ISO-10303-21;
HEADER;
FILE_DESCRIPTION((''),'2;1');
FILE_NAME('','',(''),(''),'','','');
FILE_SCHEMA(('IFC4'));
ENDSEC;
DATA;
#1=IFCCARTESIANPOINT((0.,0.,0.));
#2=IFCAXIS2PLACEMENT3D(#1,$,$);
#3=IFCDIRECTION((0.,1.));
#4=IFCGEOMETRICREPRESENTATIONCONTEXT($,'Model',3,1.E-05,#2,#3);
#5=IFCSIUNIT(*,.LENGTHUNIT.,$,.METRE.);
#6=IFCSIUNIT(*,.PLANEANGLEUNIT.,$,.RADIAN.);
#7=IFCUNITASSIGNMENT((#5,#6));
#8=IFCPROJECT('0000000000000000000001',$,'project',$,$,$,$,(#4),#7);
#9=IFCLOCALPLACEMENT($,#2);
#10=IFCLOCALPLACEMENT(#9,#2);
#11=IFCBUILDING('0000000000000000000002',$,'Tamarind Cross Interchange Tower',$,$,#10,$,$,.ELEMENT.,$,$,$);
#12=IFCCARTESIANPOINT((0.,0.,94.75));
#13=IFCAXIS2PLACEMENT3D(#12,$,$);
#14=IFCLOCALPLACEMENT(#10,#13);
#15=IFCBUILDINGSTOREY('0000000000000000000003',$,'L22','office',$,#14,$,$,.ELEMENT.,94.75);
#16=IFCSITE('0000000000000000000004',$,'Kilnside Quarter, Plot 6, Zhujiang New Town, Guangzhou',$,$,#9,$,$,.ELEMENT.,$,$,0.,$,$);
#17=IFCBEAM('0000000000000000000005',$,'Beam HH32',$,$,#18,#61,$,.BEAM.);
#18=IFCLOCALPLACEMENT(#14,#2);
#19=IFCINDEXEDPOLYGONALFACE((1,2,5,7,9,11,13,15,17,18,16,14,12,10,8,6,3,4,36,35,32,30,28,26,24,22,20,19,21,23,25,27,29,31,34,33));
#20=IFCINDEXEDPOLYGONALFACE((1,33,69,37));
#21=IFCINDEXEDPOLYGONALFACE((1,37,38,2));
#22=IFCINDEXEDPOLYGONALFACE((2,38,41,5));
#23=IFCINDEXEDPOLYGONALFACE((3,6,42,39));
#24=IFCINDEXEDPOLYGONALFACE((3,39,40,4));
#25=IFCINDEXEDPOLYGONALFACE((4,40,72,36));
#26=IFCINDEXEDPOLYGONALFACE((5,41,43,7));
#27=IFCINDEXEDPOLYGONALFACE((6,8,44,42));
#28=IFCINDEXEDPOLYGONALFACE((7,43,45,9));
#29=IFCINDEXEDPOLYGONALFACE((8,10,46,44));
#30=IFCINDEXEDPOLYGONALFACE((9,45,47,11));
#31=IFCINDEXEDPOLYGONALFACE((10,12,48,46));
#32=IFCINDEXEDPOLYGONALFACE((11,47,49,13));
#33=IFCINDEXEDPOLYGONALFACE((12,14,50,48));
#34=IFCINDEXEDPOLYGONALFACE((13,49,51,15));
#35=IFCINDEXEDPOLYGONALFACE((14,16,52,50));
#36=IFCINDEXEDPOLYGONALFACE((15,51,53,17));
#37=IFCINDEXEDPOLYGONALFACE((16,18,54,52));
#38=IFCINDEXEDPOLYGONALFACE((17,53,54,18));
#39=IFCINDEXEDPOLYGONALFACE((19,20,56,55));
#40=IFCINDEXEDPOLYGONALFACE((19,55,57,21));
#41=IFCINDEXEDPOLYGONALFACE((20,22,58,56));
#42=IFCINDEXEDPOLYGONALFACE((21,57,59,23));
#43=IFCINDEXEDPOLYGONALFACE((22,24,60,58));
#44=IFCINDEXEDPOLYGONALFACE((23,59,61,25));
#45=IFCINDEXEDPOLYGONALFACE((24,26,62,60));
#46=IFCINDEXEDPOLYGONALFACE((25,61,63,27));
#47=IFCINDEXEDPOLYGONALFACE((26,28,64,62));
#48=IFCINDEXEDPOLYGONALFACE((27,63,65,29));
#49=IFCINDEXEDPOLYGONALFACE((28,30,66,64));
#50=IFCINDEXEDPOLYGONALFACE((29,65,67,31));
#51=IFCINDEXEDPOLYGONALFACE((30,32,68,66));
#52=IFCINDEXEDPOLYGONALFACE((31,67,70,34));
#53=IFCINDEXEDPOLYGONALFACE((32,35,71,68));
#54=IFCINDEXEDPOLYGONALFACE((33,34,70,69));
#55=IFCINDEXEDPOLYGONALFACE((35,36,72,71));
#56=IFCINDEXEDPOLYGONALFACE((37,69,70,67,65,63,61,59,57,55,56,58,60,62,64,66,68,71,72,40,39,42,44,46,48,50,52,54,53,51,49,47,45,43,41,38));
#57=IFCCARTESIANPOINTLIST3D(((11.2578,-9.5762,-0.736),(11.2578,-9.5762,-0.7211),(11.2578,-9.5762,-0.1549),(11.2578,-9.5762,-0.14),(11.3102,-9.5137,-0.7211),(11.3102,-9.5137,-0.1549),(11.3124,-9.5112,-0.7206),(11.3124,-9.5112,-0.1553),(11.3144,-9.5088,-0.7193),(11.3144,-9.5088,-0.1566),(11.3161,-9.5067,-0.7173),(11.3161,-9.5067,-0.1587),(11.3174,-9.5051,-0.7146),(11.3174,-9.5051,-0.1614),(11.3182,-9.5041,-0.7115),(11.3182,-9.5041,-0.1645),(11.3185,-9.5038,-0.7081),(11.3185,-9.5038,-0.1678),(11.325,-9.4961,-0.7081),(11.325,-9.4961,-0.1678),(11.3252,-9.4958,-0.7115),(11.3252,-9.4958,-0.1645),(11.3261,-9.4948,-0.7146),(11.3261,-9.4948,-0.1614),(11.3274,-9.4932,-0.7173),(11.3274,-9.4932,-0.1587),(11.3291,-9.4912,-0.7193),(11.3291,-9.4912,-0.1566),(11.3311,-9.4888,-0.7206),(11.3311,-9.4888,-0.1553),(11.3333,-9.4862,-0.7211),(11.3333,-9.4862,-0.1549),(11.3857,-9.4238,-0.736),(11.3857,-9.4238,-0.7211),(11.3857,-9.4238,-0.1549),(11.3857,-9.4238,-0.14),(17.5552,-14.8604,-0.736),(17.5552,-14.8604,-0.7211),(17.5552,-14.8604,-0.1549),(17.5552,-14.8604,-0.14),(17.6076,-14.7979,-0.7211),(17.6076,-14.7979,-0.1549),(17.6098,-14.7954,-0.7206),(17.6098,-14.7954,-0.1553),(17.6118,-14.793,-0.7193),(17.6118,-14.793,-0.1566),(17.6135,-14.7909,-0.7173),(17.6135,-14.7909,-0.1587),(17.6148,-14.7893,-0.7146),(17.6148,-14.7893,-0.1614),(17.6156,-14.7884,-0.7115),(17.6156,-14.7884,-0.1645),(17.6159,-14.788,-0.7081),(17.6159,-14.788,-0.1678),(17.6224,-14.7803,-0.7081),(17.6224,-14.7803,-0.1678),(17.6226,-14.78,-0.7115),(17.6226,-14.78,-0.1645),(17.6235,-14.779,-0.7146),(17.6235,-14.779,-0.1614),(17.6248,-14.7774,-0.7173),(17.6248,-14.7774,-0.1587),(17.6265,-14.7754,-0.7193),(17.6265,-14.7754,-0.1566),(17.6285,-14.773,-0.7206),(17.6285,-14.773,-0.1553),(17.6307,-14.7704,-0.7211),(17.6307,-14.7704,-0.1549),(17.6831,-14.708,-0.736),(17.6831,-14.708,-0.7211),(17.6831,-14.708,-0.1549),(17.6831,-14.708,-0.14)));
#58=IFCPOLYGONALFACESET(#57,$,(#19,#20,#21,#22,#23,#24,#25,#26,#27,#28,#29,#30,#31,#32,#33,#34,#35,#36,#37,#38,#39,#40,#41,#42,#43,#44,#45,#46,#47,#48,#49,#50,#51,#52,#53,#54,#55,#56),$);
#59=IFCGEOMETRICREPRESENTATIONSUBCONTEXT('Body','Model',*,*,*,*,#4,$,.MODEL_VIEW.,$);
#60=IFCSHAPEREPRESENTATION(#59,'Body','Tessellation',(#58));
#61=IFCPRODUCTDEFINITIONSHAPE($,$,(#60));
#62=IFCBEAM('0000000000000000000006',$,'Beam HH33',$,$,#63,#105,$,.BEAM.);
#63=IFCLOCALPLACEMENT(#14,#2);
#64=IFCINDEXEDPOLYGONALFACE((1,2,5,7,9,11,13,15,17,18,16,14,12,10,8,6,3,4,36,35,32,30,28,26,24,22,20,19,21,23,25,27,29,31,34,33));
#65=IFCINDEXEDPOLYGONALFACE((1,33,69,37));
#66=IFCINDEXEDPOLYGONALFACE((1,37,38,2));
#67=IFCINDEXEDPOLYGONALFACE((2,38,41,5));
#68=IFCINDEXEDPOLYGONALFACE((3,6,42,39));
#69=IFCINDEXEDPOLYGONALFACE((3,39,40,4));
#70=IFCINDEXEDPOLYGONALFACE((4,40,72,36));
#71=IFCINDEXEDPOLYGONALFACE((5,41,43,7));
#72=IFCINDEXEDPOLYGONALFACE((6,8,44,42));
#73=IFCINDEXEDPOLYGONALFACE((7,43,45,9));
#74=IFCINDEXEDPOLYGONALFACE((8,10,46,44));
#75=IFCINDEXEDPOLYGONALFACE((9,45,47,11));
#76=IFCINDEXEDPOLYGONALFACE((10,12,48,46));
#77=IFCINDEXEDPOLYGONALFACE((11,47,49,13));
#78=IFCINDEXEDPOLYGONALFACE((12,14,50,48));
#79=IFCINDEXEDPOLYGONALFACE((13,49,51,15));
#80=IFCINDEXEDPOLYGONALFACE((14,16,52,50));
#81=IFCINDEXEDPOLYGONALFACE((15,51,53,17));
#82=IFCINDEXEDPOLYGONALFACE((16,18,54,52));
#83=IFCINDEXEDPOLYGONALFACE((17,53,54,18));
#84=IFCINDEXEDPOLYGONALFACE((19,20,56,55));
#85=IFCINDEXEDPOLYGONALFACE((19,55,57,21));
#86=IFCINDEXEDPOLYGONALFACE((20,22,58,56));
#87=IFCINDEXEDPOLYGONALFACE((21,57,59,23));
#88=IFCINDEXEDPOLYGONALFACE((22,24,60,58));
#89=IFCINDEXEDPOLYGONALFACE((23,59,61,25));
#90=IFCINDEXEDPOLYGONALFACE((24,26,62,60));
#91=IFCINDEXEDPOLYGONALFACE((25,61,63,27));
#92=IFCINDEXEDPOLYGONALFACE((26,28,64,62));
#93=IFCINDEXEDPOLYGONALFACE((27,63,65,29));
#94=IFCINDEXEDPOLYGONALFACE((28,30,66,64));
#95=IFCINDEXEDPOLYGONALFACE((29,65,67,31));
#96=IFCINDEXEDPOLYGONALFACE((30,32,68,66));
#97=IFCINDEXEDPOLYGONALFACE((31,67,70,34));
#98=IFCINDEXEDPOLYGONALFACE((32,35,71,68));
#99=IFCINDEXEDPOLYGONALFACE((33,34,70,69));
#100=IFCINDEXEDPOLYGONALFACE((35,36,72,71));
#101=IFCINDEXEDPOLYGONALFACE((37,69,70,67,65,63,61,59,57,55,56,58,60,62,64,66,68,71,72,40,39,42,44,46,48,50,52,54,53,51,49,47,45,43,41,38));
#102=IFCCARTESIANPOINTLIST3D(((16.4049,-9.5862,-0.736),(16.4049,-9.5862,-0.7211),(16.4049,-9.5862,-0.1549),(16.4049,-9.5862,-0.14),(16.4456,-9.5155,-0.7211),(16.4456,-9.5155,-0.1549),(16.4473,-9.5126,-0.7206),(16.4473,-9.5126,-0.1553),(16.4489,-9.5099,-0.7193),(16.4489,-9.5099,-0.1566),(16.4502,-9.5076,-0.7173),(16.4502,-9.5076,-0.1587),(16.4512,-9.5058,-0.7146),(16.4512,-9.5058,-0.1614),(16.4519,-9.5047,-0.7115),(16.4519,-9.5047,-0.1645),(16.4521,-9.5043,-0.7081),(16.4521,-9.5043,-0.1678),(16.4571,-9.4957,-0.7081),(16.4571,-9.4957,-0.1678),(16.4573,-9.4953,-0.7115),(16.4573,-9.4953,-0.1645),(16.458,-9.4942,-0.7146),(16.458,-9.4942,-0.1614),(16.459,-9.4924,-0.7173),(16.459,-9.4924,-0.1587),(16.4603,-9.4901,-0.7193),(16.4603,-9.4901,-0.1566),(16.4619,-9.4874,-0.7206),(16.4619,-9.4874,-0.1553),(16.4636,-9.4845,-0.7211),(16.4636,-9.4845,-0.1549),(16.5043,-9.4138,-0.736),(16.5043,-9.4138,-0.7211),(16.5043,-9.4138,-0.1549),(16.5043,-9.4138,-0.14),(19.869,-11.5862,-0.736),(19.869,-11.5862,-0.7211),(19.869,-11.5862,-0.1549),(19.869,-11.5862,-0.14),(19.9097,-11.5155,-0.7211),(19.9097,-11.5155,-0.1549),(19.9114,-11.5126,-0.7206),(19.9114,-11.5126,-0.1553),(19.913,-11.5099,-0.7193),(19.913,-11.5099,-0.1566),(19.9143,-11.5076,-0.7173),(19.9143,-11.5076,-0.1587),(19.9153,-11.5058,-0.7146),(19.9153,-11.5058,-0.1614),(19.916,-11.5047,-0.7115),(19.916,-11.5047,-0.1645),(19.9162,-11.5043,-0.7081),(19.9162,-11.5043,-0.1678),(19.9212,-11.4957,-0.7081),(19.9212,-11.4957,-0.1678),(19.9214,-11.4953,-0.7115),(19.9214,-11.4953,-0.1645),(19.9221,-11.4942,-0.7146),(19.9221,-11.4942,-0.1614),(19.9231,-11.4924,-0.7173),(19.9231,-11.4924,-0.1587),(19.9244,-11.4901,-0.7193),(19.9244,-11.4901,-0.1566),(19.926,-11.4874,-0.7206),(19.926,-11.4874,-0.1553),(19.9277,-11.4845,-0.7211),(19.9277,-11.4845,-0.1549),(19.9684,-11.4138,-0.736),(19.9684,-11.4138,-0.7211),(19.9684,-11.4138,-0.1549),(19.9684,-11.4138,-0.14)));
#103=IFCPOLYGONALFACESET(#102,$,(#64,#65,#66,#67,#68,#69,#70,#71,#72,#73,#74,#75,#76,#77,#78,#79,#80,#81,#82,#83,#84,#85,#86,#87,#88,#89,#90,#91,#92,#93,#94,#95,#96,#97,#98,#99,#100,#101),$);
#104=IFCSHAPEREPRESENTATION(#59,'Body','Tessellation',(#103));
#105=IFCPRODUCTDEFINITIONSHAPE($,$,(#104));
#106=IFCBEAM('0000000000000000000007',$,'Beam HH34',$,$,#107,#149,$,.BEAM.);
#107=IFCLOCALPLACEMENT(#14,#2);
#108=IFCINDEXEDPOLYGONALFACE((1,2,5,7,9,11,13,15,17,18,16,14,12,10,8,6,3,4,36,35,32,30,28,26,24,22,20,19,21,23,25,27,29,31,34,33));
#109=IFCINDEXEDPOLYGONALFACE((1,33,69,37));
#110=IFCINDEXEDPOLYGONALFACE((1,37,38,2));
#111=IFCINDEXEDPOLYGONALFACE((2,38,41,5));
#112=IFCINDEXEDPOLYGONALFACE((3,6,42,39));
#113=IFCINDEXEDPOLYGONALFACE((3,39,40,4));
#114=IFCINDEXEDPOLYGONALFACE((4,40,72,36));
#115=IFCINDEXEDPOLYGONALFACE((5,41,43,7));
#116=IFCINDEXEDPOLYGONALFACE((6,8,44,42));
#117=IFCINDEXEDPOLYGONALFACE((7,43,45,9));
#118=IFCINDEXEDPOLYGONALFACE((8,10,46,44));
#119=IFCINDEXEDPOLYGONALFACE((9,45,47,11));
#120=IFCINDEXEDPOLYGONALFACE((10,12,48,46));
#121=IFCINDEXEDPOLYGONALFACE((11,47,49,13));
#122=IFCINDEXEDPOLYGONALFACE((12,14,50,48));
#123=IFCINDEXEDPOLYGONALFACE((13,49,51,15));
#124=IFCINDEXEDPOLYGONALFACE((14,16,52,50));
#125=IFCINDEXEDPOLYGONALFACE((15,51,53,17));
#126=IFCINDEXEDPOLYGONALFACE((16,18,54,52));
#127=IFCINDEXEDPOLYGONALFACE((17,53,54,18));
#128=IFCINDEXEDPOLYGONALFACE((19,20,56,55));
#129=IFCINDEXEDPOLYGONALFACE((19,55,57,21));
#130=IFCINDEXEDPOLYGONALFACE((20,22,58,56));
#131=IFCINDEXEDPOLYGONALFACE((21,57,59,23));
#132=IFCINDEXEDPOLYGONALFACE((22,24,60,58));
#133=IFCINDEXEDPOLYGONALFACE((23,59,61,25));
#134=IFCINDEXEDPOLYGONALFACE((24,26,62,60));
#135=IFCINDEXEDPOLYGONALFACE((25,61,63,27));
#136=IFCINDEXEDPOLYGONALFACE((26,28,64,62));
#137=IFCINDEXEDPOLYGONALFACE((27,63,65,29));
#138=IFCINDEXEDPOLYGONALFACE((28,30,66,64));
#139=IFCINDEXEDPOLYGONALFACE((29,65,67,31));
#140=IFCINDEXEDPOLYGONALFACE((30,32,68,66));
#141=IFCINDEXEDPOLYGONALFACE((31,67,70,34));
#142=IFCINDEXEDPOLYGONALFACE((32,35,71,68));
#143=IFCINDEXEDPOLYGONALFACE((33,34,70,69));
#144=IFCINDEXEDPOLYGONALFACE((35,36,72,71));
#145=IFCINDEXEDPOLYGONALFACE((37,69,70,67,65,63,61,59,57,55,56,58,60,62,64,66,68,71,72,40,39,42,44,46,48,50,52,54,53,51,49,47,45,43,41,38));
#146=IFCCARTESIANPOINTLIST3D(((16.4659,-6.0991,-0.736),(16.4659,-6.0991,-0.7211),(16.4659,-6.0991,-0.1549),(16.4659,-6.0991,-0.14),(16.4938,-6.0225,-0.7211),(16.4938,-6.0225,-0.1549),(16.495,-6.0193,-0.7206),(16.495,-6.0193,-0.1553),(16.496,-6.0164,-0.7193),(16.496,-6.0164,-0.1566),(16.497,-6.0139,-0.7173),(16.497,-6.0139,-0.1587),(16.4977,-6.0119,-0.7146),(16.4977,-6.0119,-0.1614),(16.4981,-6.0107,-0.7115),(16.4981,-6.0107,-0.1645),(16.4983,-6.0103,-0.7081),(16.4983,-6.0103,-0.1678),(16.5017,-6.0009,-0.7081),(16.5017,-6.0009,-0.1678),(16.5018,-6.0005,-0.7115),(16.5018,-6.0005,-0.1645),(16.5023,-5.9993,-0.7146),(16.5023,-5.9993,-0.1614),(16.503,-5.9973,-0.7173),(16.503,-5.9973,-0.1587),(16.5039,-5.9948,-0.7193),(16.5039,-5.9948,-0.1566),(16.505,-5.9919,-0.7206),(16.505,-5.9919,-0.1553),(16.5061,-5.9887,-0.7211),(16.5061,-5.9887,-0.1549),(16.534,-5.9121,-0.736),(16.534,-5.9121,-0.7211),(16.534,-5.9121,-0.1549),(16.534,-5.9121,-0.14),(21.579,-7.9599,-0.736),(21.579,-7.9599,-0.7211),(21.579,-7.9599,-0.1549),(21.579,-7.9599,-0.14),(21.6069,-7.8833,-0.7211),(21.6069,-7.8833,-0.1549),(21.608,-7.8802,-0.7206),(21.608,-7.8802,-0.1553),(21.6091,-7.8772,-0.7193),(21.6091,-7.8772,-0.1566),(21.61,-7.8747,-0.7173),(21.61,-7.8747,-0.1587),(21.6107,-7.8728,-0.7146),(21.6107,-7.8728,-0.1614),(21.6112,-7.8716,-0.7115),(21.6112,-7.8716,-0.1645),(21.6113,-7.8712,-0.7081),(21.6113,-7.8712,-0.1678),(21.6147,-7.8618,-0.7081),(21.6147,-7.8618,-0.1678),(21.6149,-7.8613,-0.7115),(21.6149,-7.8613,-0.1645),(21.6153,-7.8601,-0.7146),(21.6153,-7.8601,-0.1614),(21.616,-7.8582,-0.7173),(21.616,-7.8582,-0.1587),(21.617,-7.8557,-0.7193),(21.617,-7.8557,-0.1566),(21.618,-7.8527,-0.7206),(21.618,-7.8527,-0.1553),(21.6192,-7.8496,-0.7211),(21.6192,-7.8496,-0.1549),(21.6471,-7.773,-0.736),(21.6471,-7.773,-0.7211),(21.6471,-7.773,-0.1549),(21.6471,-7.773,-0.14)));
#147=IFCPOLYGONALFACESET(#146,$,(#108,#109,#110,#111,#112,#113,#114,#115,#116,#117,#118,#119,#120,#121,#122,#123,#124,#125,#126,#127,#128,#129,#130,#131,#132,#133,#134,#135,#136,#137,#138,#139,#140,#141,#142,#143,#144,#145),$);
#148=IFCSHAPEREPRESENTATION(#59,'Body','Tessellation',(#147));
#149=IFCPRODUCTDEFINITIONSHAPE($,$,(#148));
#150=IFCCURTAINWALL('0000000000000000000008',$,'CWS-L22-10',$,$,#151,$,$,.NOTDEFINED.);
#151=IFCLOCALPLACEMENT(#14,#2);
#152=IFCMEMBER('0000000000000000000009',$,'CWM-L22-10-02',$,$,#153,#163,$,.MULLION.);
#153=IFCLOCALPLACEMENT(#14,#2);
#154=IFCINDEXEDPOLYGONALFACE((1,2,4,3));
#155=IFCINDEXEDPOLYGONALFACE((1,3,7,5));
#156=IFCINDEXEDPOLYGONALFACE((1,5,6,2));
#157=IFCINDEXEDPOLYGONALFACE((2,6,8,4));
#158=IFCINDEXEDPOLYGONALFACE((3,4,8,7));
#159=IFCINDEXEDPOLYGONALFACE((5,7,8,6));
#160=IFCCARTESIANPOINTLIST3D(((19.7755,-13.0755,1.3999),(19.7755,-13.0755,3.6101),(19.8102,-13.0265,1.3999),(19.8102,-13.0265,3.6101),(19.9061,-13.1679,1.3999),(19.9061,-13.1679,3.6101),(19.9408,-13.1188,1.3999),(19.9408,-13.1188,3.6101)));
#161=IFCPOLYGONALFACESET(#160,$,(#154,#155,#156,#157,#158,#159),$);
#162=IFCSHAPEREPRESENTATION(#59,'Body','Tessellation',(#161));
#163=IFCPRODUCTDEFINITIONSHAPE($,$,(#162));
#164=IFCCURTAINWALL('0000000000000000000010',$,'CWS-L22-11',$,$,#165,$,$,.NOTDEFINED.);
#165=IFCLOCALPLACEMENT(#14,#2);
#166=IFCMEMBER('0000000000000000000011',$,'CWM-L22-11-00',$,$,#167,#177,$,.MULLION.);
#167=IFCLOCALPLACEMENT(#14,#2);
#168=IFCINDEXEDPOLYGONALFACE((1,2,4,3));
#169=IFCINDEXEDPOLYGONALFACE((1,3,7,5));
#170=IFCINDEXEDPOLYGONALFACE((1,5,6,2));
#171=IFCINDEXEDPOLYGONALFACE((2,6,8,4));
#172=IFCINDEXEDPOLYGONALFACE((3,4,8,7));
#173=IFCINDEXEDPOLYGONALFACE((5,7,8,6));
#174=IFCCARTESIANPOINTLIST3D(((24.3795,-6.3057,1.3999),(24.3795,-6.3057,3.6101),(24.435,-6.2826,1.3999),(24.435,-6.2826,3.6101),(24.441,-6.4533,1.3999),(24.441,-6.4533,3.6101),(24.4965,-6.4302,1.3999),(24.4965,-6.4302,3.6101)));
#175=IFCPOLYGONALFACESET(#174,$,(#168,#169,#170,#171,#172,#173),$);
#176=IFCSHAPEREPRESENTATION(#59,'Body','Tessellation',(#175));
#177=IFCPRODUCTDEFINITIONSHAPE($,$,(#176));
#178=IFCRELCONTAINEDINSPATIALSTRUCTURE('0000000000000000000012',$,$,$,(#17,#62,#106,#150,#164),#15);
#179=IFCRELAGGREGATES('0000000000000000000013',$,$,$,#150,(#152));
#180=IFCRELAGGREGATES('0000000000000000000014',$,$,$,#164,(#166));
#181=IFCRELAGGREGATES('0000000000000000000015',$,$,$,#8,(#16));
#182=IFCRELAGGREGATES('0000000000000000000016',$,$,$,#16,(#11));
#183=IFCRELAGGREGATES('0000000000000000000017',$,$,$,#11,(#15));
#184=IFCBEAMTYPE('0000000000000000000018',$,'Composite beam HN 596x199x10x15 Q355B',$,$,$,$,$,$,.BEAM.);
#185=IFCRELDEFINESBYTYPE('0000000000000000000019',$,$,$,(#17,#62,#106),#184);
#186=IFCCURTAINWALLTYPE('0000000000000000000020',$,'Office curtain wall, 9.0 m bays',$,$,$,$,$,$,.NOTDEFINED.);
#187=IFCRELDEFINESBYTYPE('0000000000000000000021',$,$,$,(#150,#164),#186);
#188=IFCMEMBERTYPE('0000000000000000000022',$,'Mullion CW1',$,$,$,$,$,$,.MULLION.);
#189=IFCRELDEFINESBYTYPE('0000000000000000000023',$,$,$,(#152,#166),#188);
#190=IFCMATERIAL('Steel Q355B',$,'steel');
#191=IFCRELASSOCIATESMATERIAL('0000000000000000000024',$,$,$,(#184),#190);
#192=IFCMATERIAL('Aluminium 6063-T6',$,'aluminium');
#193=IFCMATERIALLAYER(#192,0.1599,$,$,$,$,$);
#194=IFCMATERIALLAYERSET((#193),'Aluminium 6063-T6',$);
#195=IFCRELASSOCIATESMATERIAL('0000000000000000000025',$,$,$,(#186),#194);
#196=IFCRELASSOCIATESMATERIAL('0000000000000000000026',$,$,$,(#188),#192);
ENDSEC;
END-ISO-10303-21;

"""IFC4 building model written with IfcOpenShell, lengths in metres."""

from ifc_helpers import new_model, si_unit, direction, frame, origin, origin_2d, place, context, subcontext, project, spatial, rectangle, i_section, extrude, material, layer, layer_set, material_profile, profile_set, type_object, element, aggregate, save


model = new_model("IFC4")

# Units and contexts
model_context = context("Model", 3, precision=1e-05, world=origin(), true_north=direction((0.0, 1.0)))
body_context = subcontext(model_context, "Body", "Model", "MODEL_VIEW")
ifc_project = project(units=[si_unit("LENGTHUNIT", "METRE"), si_unit("PLANEANGLEUNIT", "RADIAN")], contexts=[model_context])

# Site, building, storey
site_placement = place(None, origin())
site = spatial("IfcSite", under=ifc_project, at=site_placement, Name="Kilnside Quarter, Plot 6, Zhujiang New Town, Guangzhou", CompositionType="ELEMENT", RefElevation=0.0)
building_placement = place(site_placement, origin())
building = spatial("IfcBuilding", under=site, at=building_placement, Name="Tamarind Cross Interchange Tower", CompositionType="ELEMENT")
storey_placement = place(building_placement, frame((0.0, 0.0, 94.75)))
storey = spatial("IfcBuildingStorey", under=building, at=storey_placement, Name="L22", Description="office", CompositionType="ELEMENT", Elevation=94.75)

# Beams
ifc_material_1 = material(Name="Steel Q355B", Category="steel")
ifc_material_profile_1 = material_profile(ifc_material_1, i_section(OverallWidth=0.199, OverallDepth=0.5959, WebThickness=0.01, FlangeThickness=0.0149, FilletRadius=0.0129, at=origin_2d()), Name="HN 596x199x10x15")
ifc_profile_set_1 = profile_set([ifc_material_profile_1], Name="Steel Q355B")
beam_type = type_object("IfcBeamType", Name="Composite beam HN 596x199x10x15 Q355B", PredefinedType="BEAM", material=ifc_profile_set_1)
beam_1_placement = place(storey_placement, frame((17.6191, -14.7842, -0.438), z_axis=(-0.766041, 0.642792, 0.0), x_axis=(-0.642792, -0.766041, 0.0)))
element("IfcBeam", 1, at=beam_1_placement, inside=storey, type_object=beam_type, Name="Beam HH32", PredefinedType="BEAM", context=body_context, shape_type="SweptSolid", body=[
    extrude(i_section(OverallWidth=0.199, OverallDepth=0.5959, WebThickness=0.01, FlangeThickness=0.0149, FilletRadius=0.0129, at=origin_2d()), origin(), (0.0, 0.0, 1.0), 8.2207),
])
beam_2_placement = place(storey_placement, frame((19.9187, -11.5, -0.438), z_axis=(-0.866026, 0.499999, 0.0), x_axis=(-0.499999, -0.866026, 0.0)))
element("IfcBeam", 2, at=beam_2_placement, inside=storey, type_object=beam_type, Name="Beam HH33", PredefinedType="BEAM", context=body_context, shape_type="SweptSolid", body=[
    extrude(i_section(OverallWidth=0.199, OverallDepth=0.5959, WebThickness=0.01, FlangeThickness=0.0149, FilletRadius=0.0129, at=origin_2d()), origin(), (0.0, 0.0, 1.0), 4.0),
])
beam_3_placement = place(storey_placement, frame((21.613, -7.8665, -0.438), z_axis=(-0.939702, 0.341995, 0.0), x_axis=(-0.341995, -0.939702, 0.0)))
element("IfcBeam", 3, at=beam_3_placement, inside=storey, type_object=beam_type, Name="Beam HH34", PredefinedType="BEAM", context=body_context, shape_type="SweptSolid", body=[
    extrude(i_section(OverallWidth=0.199, OverallDepth=0.5959, WebThickness=0.01, FlangeThickness=0.0149, FilletRadius=0.0129, at=origin_2d()), origin(), (0.0, 0.0, 1.0), 5.4412),
])

# Curtain walls, members
ifc_material_2 = material(Name="Aluminium 6063-T6", Category="aluminium")
ifc_layer_1 = layer(ifc_material_2, 0.1599)
ifc_layer_set_1 = layer_set([ifc_layer_1], Name="Aluminium 6063-T6")
curtain_wall_type = type_object("IfcCurtainWallType", Name="Office curtain wall, 9.0 m bays", PredefinedType="NOTDEFINED", material=ifc_layer_set_1)
curtain_wall_1_placement = place(storey_placement, origin())
curtain_wall_1 = element("IfcCurtainWall", 4, at=curtain_wall_1_placement, inside=storey, type_object=curtain_wall_type, Name="CWS-L22-10", PredefinedType="NOTDEFINED")
ifc_material_profile_2 = material_profile(ifc_material_2, rectangle(XDim=0.0601, YDim=0.1599, at=origin_2d()), Name="Mullion CW1")
ifc_profile_set_2 = profile_set([ifc_material_profile_2], Name="Aluminium 6063-T6")
member_type = type_object("IfcMemberType", Name="Mullion CW1", PredefinedType="MULLION", material=ifc_profile_set_2)
member_1_placement = place(storey_placement, frame((19.8582, -13.0972, 1.3999), z_axis=(0.0, 0.0, 1.0), x_axis=(0.577569, 0.816342, 0.0)))
member_1 = element("IfcMember", 5, at=member_1_placement, type_object=member_type, Name="CWM-L22-10-02", PredefinedType="MULLION", context=body_context, shape_type="SweptSolid", body=[
    extrude(rectangle(XDim=0.0601, YDim=0.1599, at=origin_2d()), origin(), (0.0, 0.0, 1.0), 2.2102),
])
aggregate(curtain_wall_1, [member_1])
curtain_wall_2_placement = place(storey_placement, origin())
curtain_wall_2 = element("IfcCurtainWall", 6, at=curtain_wall_2_placement, inside=storey, type_object=curtain_wall_type, Name="CWS-L22-11", PredefinedType="NOTDEFINED")
member_2_placement = place(storey_placement, frame((24.438, -6.3679, 1.3999), z_axis=(0.0, 0.0, 1.0), x_axis=(0.92308, 0.384607, 0.0)))
member_2 = element("IfcMember", 7, at=member_2_placement, type_object=member_type, Name="CWM-L22-11-00", PredefinedType="MULLION", context=body_context, shape_type="SweptSolid", body=[
    extrude(rectangle(XDim=0.0601, YDim=0.1599, at=origin_2d()), origin(), (0.0, 0.0, 1.0), 2.2102),
])
aggregate(curtain_wall_2, [member_2])

save(model, "model.ifc")
